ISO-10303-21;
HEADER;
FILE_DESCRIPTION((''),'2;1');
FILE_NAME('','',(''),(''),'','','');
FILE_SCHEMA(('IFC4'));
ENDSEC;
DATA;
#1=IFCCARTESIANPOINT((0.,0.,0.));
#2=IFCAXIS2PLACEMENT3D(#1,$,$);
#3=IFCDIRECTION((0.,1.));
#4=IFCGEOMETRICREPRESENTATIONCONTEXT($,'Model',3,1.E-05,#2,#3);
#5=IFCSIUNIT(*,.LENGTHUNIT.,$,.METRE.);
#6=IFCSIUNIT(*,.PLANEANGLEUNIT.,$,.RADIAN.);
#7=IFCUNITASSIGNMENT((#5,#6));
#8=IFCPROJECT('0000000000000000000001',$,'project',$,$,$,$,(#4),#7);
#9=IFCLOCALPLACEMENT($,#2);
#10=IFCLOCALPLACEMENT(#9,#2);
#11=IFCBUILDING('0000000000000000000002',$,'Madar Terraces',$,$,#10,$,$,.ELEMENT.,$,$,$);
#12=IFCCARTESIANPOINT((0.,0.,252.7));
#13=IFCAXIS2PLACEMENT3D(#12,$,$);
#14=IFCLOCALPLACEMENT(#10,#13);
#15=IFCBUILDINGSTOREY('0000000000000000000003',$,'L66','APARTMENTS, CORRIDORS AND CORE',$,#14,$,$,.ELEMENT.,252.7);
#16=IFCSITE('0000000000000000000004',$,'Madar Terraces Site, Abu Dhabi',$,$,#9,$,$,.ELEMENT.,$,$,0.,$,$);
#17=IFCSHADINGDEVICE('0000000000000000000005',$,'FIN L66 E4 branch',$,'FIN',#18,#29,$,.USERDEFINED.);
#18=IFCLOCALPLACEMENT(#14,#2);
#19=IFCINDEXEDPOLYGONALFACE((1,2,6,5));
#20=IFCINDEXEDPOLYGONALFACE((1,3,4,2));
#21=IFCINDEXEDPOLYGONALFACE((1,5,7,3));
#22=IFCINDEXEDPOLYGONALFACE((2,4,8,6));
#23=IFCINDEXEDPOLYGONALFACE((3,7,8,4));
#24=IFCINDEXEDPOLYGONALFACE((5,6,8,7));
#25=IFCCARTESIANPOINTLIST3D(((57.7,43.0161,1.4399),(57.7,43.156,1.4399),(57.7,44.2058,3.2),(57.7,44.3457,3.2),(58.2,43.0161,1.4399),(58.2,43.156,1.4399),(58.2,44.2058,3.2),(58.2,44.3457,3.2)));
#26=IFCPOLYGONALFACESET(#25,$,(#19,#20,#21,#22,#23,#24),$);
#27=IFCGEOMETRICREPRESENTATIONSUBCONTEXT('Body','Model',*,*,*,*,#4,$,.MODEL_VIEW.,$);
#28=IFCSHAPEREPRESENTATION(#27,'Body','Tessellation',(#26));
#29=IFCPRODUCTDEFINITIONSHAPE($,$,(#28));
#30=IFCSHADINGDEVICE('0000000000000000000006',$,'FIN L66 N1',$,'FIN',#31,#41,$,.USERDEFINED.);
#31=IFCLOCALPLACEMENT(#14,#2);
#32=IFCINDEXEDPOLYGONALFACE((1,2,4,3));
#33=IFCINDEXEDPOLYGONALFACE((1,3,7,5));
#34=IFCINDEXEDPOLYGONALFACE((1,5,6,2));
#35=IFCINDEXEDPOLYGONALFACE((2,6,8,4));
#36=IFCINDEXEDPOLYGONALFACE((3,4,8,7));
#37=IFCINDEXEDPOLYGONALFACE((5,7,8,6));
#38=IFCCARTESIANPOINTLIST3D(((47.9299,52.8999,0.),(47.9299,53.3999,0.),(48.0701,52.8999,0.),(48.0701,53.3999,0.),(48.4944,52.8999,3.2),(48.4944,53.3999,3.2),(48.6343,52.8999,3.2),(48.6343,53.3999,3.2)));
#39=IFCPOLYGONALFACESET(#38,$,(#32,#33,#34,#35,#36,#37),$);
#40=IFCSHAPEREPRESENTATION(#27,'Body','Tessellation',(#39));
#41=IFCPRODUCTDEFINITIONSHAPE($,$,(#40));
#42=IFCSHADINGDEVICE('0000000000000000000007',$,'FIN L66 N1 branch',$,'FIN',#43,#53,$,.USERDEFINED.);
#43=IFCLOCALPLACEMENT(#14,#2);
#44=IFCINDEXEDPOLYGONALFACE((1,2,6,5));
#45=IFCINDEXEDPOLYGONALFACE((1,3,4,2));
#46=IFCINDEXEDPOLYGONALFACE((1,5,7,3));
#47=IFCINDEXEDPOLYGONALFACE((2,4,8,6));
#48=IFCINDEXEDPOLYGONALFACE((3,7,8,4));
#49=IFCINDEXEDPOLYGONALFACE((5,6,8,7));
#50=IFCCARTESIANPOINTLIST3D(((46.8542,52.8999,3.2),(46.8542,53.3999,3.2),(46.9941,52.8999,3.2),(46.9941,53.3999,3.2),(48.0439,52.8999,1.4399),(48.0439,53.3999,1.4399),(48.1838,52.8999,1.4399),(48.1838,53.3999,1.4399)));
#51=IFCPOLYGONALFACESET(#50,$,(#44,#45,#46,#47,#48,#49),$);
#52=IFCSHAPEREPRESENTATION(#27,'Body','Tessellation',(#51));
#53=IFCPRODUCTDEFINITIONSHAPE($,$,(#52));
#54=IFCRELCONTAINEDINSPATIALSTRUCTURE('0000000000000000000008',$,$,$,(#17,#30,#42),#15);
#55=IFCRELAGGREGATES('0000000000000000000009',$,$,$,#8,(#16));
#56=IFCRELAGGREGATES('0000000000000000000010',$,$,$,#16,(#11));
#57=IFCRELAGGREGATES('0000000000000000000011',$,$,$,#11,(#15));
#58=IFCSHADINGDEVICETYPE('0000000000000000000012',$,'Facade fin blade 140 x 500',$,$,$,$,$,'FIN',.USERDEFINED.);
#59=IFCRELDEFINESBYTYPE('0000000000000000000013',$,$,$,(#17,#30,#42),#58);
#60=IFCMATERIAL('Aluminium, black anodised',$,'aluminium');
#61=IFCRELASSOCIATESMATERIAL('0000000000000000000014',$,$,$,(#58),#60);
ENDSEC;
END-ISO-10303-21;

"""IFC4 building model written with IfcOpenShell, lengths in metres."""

from ifc_helpers import new_model, si_unit, direction, frame, origin, place, context, subcontext, project, spatial, polyline, outline, extrude, material, type_object, element, save


model = new_model("IFC4")

# Units and contexts
model_context = context("Model", 3, precision=1e-05, world=origin(), true_north=direction((0.0, 1.0)))
body_context = subcontext(model_context, "Body", "Model", "MODEL_VIEW")
ifc_project = project(units=[si_unit("LENGTHUNIT", "METRE"), si_unit("PLANEANGLEUNIT", "RADIAN")], contexts=[model_context])

# Site, building, storey
site_placement = place(None, origin())
site = spatial("IfcSite", under=ifc_project, at=site_placement, Name="Madar Terraces Site, Abu Dhabi", CompositionType="ELEMENT", RefElevation=0.0)
building_placement = place(site_placement, origin())
building = spatial("IfcBuilding", under=site, at=building_placement, Name="Madar Terraces", CompositionType="ELEMENT")
storey_placement = place(building_placement, frame((0.0, 0.0, 252.7)))
storey = spatial("IfcBuildingStorey", under=building, at=storey_placement, Name="L66", Description="APARTMENTS, CORRIDORS AND CORE", CompositionType="ELEMENT", Elevation=252.7)

# Shading devices
ifc_material_1 = material(Name="Aluminium, black anodised", Category="aluminium")
shading_device_type = type_object("IfcShadingDeviceType", Name="Facade fin blade 140 x 500", ElementType="FIN", PredefinedType="USERDEFINED", material=ifc_material_1)
shading_device_1_placement = place(storey_placement, frame((57.95, 43.0161, 1.4399), z_axis=(0.0, 0.0, 1.0), x_axis=(0.0, 1.0, 0.0)))
element("IfcShadingDevice", 1, at=shading_device_1_placement, inside=storey, type_object=shading_device_type, Name="FIN L66 E4 branch", ObjectType="FIN", PredefinedType="USERDEFINED", context=body_context, shape_type="SweptSolid", body=[
    extrude(outline(polyline([(0.0, 0.0), (0.1399, 0.0), (1.3296, 1.76), (1.1897, 1.76), (0.0, 0.0)])), frame((0.0, 0.25, 0.0), z_axis=(0.0, -1.0, 0.0), x_axis=(1.0, 0.0, 0.0)), (0.0, 0.0, 1.0), 0.5),
])
shading_device_2_placement = place(storey_placement, frame((48.0701, 53.1499, 0.0), z_axis=(0.0, 0.0, 1.0), x_axis=(-1.0, 0.0, 0.0)))
element("IfcShadingDevice", 2, at=shading_device_2_placement, inside=storey, type_object=shading_device_type, Name="FIN L66 N1", ObjectType="FIN", PredefinedType="USERDEFINED", context=body_context, shape_type="SweptSolid", body=[
    extrude(outline(polyline([(0.0, 0.0), (0.1401, 0.0), (-0.4243, 3.2), (-0.5642, 3.2), (0.0, 0.0)])), frame((0.0, 0.25, 0.0), z_axis=(0.0, -1.0, 0.0), x_axis=(1.0, 0.0, 0.0)), (0.0, 0.0, 1.0), 0.5),
])
shading_device_3_placement = place(storey_placement, frame((48.1838, 53.1499, 1.4399), z_axis=(0.0, 0.0, 1.0), x_axis=(-1.0, 0.0, 0.0)))
element("IfcShadingDevice", 3, at=shading_device_3_placement, inside=storey, type_object=shading_device_type, Name="FIN L66 N1 branch", ObjectType="FIN", PredefinedType="USERDEFINED", context=body_context, shape_type="SweptSolid", body=[
    extrude(outline(polyline([(0.0, 0.0), (0.1399, 0.0), (1.3296, 1.76), (1.1897, 1.76), (0.0, 0.0)])), frame((0.0, 0.25, 0.0), z_axis=(0.0, -1.0, 0.0), x_axis=(1.0, 0.0, 0.0)), (0.0, 0.0, 1.0), 0.5),
])

save(model, "model.ifc")
